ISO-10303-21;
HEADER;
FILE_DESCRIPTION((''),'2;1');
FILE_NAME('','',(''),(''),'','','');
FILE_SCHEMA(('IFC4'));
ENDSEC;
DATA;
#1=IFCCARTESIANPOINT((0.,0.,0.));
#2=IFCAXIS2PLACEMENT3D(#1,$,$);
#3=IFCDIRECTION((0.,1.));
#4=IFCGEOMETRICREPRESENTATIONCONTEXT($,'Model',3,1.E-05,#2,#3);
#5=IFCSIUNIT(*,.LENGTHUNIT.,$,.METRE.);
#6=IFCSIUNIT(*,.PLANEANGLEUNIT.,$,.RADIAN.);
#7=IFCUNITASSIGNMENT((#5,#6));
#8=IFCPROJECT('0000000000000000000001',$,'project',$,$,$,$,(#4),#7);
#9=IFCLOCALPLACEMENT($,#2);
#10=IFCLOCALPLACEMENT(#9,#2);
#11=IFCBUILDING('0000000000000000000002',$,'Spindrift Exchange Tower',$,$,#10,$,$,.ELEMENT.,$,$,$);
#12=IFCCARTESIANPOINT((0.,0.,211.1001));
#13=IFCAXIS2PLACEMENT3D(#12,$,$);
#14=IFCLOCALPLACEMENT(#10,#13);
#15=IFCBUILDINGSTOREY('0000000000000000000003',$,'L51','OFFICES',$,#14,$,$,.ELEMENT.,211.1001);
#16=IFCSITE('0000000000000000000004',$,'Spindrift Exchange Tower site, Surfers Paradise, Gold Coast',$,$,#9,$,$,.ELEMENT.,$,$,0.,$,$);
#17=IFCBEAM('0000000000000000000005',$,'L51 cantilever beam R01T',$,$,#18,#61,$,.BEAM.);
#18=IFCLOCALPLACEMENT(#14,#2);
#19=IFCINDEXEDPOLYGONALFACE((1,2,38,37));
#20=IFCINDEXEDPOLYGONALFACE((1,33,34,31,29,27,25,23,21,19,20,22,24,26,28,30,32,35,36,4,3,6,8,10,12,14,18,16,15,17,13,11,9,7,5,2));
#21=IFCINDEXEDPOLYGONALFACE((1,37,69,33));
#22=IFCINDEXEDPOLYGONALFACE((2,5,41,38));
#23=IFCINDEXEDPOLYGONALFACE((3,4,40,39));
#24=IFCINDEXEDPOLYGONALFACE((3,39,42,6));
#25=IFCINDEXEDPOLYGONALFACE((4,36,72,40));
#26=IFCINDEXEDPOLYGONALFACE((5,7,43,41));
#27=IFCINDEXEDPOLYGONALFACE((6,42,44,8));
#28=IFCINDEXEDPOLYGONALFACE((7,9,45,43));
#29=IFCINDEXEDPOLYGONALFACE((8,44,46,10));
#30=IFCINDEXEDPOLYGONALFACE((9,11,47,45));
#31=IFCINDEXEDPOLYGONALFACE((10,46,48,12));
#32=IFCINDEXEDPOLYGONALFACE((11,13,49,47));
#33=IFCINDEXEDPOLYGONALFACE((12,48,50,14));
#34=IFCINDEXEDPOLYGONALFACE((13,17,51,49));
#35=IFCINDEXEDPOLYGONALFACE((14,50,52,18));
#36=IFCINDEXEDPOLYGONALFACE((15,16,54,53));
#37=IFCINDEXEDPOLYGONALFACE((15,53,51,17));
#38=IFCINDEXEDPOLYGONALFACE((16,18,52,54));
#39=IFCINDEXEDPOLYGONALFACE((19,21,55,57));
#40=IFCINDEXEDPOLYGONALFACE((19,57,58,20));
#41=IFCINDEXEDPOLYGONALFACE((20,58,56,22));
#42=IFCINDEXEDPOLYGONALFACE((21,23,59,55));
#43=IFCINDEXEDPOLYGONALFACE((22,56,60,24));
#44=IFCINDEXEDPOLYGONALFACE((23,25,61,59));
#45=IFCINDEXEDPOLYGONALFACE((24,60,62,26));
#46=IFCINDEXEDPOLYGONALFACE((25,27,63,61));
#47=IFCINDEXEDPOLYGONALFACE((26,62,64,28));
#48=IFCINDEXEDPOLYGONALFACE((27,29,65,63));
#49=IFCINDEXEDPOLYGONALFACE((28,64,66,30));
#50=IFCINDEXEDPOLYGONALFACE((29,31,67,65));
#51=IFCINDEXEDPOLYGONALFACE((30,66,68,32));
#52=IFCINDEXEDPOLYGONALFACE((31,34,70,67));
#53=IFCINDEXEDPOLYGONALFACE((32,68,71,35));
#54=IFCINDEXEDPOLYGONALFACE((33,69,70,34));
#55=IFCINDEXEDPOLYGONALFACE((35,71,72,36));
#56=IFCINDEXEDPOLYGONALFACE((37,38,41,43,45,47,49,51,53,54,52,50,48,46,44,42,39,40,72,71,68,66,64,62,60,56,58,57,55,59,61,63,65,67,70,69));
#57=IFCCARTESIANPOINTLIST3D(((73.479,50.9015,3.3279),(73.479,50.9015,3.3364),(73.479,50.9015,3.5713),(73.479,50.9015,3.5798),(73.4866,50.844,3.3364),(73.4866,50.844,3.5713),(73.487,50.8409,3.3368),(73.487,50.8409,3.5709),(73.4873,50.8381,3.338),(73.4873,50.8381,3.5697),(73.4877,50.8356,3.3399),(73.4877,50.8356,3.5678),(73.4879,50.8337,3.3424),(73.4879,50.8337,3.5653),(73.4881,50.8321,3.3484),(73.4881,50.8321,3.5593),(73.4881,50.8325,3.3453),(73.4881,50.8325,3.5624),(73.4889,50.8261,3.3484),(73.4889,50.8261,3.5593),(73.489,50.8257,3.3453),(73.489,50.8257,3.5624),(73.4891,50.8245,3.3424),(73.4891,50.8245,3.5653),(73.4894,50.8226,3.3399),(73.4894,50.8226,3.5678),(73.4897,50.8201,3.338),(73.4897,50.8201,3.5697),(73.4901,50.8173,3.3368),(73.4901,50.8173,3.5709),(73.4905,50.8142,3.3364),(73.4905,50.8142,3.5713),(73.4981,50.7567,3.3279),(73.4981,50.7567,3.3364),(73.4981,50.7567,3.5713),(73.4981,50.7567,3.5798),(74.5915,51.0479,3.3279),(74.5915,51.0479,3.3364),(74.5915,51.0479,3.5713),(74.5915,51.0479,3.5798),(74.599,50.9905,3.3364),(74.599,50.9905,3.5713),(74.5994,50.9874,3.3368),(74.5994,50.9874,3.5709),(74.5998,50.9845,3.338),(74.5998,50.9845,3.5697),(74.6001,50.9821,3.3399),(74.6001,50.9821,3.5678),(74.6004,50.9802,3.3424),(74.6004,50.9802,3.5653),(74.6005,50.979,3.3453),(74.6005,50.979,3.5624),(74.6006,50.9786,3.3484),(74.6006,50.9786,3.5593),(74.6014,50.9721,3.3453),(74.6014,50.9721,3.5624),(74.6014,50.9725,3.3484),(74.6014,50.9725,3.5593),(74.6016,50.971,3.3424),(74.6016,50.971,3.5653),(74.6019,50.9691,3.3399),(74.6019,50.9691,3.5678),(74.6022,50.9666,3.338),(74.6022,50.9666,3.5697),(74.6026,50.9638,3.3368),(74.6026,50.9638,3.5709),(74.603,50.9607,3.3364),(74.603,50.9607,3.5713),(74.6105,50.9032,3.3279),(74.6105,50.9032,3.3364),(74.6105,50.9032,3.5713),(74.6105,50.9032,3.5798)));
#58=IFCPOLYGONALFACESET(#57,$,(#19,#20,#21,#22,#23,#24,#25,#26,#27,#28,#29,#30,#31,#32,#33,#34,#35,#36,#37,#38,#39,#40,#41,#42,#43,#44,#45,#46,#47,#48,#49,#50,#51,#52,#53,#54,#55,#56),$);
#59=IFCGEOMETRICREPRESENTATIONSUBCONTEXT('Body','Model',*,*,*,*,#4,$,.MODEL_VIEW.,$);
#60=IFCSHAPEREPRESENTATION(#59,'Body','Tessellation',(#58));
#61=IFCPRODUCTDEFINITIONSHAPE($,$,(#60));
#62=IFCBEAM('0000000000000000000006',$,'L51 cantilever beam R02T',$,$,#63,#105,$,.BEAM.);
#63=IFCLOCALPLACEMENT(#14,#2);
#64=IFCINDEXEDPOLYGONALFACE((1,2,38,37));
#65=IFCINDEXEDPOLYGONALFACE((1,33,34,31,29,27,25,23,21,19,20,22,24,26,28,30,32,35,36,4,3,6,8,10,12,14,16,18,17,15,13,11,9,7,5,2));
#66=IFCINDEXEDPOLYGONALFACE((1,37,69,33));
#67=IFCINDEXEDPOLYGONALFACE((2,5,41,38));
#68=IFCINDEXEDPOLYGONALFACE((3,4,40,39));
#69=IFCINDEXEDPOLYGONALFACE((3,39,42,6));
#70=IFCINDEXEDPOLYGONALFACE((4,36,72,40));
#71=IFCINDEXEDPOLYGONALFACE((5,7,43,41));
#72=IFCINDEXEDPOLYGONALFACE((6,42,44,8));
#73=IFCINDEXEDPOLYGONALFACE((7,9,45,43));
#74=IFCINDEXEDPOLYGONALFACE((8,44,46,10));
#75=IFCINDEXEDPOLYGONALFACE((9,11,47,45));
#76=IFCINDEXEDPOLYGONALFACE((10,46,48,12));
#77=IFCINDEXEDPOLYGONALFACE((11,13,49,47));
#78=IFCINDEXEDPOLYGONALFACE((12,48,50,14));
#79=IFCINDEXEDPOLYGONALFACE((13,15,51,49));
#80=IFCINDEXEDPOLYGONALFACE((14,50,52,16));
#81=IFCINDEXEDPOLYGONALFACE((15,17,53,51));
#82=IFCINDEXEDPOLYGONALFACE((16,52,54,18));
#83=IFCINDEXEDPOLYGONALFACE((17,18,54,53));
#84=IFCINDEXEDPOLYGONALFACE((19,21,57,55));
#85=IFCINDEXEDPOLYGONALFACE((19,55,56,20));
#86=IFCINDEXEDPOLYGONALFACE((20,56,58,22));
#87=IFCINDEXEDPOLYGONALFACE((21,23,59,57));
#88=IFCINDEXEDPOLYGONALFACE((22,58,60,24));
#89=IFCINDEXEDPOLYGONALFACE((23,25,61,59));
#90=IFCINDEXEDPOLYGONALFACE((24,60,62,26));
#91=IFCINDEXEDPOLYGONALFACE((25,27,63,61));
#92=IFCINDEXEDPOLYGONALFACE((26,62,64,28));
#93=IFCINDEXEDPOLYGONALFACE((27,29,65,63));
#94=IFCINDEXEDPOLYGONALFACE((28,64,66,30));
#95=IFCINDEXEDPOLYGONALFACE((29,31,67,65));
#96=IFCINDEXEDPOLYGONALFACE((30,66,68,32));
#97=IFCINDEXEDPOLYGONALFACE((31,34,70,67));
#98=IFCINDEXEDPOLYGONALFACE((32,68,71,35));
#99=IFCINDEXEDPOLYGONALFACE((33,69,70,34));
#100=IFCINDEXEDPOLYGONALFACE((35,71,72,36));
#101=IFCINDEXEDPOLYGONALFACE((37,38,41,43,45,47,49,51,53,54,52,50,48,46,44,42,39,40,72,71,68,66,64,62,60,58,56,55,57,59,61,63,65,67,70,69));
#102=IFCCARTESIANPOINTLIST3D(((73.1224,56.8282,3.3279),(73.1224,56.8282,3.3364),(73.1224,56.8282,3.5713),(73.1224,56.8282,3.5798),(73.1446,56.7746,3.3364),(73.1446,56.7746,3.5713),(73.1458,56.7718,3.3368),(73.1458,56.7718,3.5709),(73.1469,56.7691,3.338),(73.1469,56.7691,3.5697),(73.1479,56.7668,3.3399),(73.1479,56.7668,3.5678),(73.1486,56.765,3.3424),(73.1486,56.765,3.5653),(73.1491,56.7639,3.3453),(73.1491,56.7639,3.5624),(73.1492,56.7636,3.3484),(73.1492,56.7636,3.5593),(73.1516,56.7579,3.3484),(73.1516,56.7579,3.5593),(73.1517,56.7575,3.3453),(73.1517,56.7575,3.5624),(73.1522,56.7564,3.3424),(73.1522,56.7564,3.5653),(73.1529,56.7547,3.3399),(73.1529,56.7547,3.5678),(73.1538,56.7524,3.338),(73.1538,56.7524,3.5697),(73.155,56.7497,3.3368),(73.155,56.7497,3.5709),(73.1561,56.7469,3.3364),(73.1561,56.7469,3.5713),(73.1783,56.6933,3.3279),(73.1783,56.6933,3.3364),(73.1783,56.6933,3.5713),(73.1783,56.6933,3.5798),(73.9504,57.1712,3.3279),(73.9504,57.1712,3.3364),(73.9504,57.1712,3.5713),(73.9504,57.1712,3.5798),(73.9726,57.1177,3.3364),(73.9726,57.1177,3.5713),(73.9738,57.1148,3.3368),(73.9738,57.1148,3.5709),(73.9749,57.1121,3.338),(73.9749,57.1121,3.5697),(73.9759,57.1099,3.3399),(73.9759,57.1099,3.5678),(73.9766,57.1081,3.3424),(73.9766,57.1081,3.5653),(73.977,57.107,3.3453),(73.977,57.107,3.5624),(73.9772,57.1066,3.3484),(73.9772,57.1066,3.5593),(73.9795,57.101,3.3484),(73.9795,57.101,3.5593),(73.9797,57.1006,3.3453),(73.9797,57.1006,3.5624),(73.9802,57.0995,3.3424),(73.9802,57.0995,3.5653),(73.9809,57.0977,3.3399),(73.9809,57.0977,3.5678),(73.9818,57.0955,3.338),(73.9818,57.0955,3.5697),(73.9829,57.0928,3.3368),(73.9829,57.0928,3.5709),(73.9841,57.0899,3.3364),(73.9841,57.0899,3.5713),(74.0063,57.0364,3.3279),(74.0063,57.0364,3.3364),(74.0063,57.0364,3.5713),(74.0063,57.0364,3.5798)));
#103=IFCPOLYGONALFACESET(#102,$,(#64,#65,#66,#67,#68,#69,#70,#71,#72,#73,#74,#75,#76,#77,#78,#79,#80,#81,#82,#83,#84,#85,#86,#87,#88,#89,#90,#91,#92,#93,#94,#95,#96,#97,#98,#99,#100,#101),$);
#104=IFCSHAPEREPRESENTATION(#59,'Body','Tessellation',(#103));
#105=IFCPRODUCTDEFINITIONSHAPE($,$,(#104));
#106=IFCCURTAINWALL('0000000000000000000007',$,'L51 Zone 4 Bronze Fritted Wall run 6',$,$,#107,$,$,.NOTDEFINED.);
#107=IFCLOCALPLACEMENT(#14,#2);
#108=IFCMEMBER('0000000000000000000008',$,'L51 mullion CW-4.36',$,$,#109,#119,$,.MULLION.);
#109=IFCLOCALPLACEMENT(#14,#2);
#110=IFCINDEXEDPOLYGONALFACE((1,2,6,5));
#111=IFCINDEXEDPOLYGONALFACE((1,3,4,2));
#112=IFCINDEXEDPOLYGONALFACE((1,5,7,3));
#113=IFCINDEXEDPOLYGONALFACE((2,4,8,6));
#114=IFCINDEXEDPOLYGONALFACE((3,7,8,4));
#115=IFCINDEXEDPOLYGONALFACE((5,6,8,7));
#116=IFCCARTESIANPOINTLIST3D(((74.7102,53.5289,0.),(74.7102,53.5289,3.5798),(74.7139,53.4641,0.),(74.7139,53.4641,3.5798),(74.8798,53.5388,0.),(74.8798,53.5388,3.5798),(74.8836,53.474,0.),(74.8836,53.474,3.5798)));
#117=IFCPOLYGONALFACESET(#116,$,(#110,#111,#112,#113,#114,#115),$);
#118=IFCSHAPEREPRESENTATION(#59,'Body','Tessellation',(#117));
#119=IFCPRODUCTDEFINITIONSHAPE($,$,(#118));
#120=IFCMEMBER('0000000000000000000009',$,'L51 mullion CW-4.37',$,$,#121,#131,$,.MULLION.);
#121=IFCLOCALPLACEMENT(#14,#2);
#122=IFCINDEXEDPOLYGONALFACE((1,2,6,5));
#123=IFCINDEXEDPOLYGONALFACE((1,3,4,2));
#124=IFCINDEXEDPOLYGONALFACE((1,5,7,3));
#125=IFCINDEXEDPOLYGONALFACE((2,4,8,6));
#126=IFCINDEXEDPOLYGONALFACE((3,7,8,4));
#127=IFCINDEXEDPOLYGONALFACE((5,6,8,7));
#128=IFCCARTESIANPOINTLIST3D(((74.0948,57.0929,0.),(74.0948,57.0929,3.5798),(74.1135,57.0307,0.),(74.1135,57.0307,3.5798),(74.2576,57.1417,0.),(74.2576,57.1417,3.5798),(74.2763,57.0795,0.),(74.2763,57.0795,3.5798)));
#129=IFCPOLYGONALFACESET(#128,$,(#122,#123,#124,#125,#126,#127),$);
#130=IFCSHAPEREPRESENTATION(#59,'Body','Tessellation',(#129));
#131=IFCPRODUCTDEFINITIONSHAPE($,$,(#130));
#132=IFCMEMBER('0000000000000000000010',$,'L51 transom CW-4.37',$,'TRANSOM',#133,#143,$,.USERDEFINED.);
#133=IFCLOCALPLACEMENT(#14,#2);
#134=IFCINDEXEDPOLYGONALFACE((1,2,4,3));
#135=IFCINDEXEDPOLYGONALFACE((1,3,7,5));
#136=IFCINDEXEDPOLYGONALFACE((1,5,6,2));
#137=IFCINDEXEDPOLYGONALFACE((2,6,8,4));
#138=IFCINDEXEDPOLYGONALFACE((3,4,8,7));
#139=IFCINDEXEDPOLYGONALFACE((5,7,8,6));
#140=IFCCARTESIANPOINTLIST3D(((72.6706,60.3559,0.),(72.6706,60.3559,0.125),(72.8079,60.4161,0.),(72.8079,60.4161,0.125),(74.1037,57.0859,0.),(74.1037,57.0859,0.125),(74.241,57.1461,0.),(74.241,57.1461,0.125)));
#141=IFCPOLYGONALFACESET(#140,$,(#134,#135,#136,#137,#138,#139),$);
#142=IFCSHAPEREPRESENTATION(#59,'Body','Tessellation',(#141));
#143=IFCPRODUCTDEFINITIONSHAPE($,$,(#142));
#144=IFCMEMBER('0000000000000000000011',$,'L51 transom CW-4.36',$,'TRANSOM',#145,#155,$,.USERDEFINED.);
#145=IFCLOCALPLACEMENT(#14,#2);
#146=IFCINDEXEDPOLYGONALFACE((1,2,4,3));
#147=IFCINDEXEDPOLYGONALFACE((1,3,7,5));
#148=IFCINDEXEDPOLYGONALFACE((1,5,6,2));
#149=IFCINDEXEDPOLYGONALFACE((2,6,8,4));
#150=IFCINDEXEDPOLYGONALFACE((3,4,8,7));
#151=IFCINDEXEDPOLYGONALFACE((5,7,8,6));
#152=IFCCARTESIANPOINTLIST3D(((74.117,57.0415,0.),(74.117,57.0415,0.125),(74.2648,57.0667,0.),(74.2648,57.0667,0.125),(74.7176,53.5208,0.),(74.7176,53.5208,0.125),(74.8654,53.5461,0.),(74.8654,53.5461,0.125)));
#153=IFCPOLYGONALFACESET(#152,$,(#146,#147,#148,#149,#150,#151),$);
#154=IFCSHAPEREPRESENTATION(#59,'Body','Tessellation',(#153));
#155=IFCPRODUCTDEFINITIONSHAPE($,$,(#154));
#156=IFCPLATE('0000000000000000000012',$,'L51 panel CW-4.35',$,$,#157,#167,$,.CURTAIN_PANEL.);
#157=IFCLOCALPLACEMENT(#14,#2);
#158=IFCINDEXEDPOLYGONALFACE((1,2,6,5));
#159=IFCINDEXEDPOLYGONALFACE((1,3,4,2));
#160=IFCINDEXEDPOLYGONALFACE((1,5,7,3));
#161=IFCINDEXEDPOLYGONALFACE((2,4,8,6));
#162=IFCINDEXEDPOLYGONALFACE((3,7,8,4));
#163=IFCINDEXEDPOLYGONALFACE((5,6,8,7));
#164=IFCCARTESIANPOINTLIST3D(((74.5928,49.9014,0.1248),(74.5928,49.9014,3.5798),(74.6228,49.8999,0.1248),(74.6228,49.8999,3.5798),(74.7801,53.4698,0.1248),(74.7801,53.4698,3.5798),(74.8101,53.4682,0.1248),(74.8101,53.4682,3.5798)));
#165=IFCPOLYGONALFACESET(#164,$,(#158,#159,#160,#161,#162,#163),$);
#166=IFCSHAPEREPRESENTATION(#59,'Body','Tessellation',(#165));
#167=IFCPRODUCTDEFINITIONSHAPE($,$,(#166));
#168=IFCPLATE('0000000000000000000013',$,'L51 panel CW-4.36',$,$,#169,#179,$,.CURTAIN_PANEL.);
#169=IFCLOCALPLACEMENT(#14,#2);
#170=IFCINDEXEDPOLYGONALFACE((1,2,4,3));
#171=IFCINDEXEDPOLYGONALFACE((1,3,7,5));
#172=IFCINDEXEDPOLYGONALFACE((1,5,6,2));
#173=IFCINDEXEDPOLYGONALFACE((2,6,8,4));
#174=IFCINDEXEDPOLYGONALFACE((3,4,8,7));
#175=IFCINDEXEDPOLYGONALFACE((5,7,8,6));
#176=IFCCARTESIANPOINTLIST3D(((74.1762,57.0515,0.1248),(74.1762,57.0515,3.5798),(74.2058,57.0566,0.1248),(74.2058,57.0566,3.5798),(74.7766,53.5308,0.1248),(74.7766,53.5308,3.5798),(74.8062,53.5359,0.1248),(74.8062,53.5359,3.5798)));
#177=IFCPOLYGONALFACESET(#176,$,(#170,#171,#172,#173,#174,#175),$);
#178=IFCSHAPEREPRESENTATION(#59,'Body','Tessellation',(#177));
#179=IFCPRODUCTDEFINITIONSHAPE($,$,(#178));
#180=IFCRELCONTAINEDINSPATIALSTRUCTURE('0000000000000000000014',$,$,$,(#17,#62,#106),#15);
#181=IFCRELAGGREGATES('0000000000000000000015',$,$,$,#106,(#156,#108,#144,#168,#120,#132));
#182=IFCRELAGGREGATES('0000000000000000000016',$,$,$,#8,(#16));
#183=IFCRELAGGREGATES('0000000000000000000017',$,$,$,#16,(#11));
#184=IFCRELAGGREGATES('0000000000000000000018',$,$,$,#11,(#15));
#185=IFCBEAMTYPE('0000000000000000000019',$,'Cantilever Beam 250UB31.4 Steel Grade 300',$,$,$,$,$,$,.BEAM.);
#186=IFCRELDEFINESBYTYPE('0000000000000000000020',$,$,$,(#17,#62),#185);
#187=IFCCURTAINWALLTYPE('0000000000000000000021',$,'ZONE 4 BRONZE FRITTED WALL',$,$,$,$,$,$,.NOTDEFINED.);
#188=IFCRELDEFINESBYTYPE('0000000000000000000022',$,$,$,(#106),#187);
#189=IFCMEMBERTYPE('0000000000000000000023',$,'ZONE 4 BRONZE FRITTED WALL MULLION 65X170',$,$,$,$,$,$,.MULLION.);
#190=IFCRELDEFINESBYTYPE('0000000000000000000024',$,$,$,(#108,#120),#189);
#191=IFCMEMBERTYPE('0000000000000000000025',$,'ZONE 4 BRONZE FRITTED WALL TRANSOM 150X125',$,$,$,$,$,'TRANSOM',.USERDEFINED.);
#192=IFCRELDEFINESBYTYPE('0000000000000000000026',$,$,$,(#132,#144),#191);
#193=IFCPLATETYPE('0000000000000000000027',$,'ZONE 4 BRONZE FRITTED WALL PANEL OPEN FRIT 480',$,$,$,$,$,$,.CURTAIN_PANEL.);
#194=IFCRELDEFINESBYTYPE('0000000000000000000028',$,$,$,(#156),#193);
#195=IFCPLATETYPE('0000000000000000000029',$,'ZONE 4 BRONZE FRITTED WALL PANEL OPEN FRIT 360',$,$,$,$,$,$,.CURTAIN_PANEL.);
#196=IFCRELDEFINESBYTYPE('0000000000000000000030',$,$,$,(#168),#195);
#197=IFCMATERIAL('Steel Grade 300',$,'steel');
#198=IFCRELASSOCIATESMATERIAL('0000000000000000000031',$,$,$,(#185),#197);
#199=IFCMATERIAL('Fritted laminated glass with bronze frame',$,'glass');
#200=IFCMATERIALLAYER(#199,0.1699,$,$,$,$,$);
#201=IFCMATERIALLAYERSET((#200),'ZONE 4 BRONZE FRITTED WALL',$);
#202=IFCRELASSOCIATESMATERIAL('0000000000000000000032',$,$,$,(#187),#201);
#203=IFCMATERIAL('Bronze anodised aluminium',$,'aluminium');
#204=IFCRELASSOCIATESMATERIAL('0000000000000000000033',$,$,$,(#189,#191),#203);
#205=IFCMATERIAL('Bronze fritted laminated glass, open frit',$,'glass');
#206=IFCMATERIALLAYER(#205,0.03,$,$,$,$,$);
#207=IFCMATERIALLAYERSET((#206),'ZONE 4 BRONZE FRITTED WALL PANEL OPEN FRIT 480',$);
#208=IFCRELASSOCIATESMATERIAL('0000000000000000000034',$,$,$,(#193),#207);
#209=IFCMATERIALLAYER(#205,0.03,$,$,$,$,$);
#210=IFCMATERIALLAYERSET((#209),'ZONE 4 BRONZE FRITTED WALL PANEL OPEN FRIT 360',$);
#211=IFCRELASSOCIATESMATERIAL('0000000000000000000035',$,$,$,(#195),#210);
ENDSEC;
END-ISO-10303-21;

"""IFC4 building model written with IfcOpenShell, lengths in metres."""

from ifc_helpers import new_model, si_unit, direction, frame, origin, origin_2d, place, context, subcontext, project, spatial, rectangle, i_section, extrude, source, transform, mapped, material, layer, layer_set, material_profile, profile_set, type_object, element, aggregate, save


model = new_model("IFC4")

# Units and contexts
model_context = context("Model", 3, precision=1e-05, world=origin(), true_north=direction((0.0, 1.0)))
body_context = subcontext(model_context, "Body", "Model", "MODEL_VIEW")
ifc_project = project(units=[si_unit("LENGTHUNIT", "METRE"), si_unit("PLANEANGLEUNIT", "RADIAN")], contexts=[model_context])

# Site, building, storey
site_placement = place(None, origin())
site = spatial("IfcSite", under=ifc_project, at=site_placement, Name="Spindrift Exchange Tower site, Surfers Paradise, Gold Coast", CompositionType="ELEMENT", RefElevation=0.0)
building_placement = place(site_placement, origin())
building = spatial("IfcBuilding", under=site, at=building_placement, Name="Spindrift Exchange Tower", CompositionType="ELEMENT")
storey_placement = place(building_placement, frame((0.0, 0.0, 211.1001)))
storey = spatial("IfcBuildingStorey", under=building, at=storey_placement, Name="L51", Description="OFFICES", CompositionType="ELEMENT", Elevation=211.1001)

# Beams
ifc_material_1 = material(Name="Steel Grade 300", Category="steel")
ifc_material_profile_1 = material_profile(ifc_material_1, i_section(OverallWidth=0.146, OverallDepth=0.252, WebThickness=0.0061, FlangeThickness=0.0085, FilletRadius=0.012, at=origin_2d()), Name="250UB31.4")
ifc_profile_set_1 = profile_set([ifc_material_profile_1], Name="Steel Grade 300")
beam_type_1 = type_object("IfcBeamType", Name="Cantilever Beam 250UB31.4 Steel Grade 300", PredefinedType="BEAM", material=ifc_profile_set_1)
shared_shape_1 = source(origin(), body_context, "Body", "SweptSolid", [
    extrude(i_section(OverallWidth=0.146, OverallDepth=0.252, WebThickness=0.0061, FlangeThickness=0.0085, FilletRadius=0.012, at=origin_2d()), origin(), (0.0, 0.0, 1.0), 1.1221),
])
beam_1_placement = place(storey_placement, frame((73.4885, 50.8291, 3.4539), z_axis=(0.991443, 0.130539, 0.0), x_axis=(-0.130539, 0.991443, 0.0)))
element("IfcBeam", 1, at=beam_1_placement, inside=storey, type_object=beam_type_1, Name="L51 cantilever beam R01T", PredefinedType="BEAM", context=body_context, shape_type="MappedRepresentation", body=[
    mapped(shared_shape_1, transform((0.0, 0.0, 0.0), scale=1.0)),
])
shared_shape_2 = source(origin(), body_context, "Body", "SweptSolid", [
    extrude(i_section(OverallWidth=0.146, OverallDepth=0.252, WebThickness=0.0061, FlangeThickness=0.0085, FilletRadius=0.012, at=origin_2d()), origin(), (0.0, 0.0, 1.0), 0.8962),
])
beam_2_placement = place(storey_placement, frame((73.1504, 56.7607, 3.4539), z_axis=(0.923841, 0.382777, 0.0), x_axis=(-0.382777, 0.923841, 0.0)))
element("IfcBeam", 2, at=beam_2_placement, inside=storey, type_object=beam_type_1, Name="L51 cantilever beam R02T", PredefinedType="BEAM", context=body_context, shape_type="MappedRepresentation", body=[
    mapped(shared_shape_2, transform((0.0, 0.0, 0.0), scale=1.0)),
])

# Curtain wall, members, plates
ifc_material_2 = material(Name="Fritted laminated glass with bronze frame", Category="glass")
ifc_layer_1 = layer(ifc_material_2, 0.1699)
ifc_layer_set_1 = layer_set([ifc_layer_1], Name="ZONE 4 BRONZE FRITTED WALL")
curtain_wall_type = type_object("IfcCurtainWallType", Name="ZONE 4 BRONZE FRITTED WALL", PredefinedType="NOTDEFINED", material=ifc_layer_set_1)
curtain_wall_placement = place(storey_placement, origin())
curtain_wall = element("IfcCurtainWall", 3, at=curtain_wall_placement, inside=storey, type_object=curtain_wall_type, Name="L51 Zone 4 Bronze Fritted Wall run 6", PredefinedType="NOTDEFINED")
ifc_material_3 = material(Name="Bronze anodised aluminium", Category="aluminium")
ifc_material_profile_2 = material_profile(ifc_material_3, rectangle(XDim=0.0649, YDim=0.1699, at=origin_2d()), Name="ZONE 4 BRONZE FRITTED WALL MULLION 65X170")
ifc_profile_set_2 = profile_set([ifc_material_profile_2], Name="Bronze anodised aluminium")
member_type_1 = type_object("IfcMemberType", Name="ZONE 4 BRONZE FRITTED WALL MULLION 65X170", PredefinedType="MULLION", material=ifc_profile_set_2)
shared_shape_3 = source(origin(), body_context, "Body", "SweptSolid", [
    extrude(rectangle(XDim=0.0649, YDim=0.1699, at=origin_2d()), origin(), (0.0, 0.0, 1.0), 3.5798),
])
member_1_placement = place(storey_placement, frame((74.7969, 53.5015, 0.0), z_axis=(0.0, 0.0, 1.0), x_axis=(-0.058212, 0.998304, 0.0)))
member_1 = element("IfcMember", 4, at=member_1_placement, type_object=member_type_1, Name="L51 mullion CW-4.36", PredefinedType="MULLION", context=body_context, shape_type="MappedRepresentation", body=[
    mapped(shared_shape_3, transform((0.0, 0.0, 0.0), scale=1.0)),
])
member_2_placement = place(storey_placement, frame((74.1855, 57.0862, 0.0), z_axis=(0.0, 0.0, 1.0), x_axis=(-0.286901, 0.95796, 0.0)))
member_2 = element("IfcMember", 5, at=member_2_placement, type_object=member_type_1, Name="L51 mullion CW-4.37", PredefinedType="MULLION", context=body_context, shape_type="MappedRepresentation", body=[
    mapped(shared_shape_3, transform((0.0, 0.0, 0.0), scale=1.0)),
])
ifc_material_profile_3 = material_profile(ifc_material_3, rectangle(XDim=0.1499, YDim=0.125, at=origin_2d()), Name="ZONE 4 BRONZE FRITTED WALL TRANSOM 150X125")
ifc_profile_set_3 = profile_set([ifc_material_profile_3], Name="Bronze anodised aluminium")
member_type_2 = type_object("IfcMemberType", Name="ZONE 4 BRONZE FRITTED WALL TRANSOM 150X125", ElementType="TRANSOM", PredefinedType="USERDEFINED", material=ifc_profile_set_3)
shared_shape_4 = source(origin(), body_context, "Body", "SweptSolid", [
    extrude(rectangle(XDim=0.1499, YDim=0.125, at=origin_2d()), origin(), (0.0, 0.0, 1.0), 3.5703),
])
member_3_placement = place(storey_placement, frame((74.1724, 57.116, 0.0625), z_axis=(-0.4014, 0.915903, 0.0), x_axis=(-0.915903, -0.4014, 0.0)))
member_3 = element("IfcMember", 6, at=member_3_placement, type_object=member_type_2, Name="L51 transom CW-4.37", ObjectType="TRANSOM", PredefinedType="USERDEFINED", context=body_context, shape_type="MappedRepresentation", body=[
    mapped(shared_shape_4, transform((0.0, 0.0, 0.0), scale=1.0)),
])
shared_shape_5 = source(origin(), body_context, "Body", "SweptSolid", [
    extrude(rectangle(XDim=0.1499, YDim=0.125, at=origin_2d()), origin(), (0.0, 0.0, 1.0), 3.5715),
])
member_4_placement = place(storey_placement, frame((74.7915, 53.5334, 0.0625), z_axis=(-0.168156, 0.98576, 0.0), x_axis=(-0.98576, -0.168156, 0.0)))
member_4 = element("IfcMember", 7, at=member_4_placement, type_object=member_type_2, Name="L51 transom CW-4.36", ObjectType="TRANSOM", PredefinedType="USERDEFINED", context=body_context, shape_type="MappedRepresentation", body=[
    mapped(shared_shape_5, transform((0.0, 0.0, 0.0), scale=1.0)),
])
ifc_material_4 = material(Name="Bronze fritted laminated glass, open frit", Category="glass")
ifc_layer_2 = layer(ifc_material_4, 0.03)
ifc_layer_set_2 = layer_set([ifc_layer_2], Name="ZONE 4 BRONZE FRITTED WALL PANEL OPEN FRIT 480")
plate_type_1 = type_object("IfcPlateType", Name="ZONE 4 BRONZE FRITTED WALL PANEL OPEN FRIT 480", PredefinedType="CURTAIN_PANEL", material=ifc_layer_set_2)
shared_shape_6 = source(origin(), body_context, "Body", "SweptSolid", [
    extrude(rectangle(XDim=3.5732, YDim=0.03, at=origin_2d()), origin(), (0.0, 0.0, 1.0), 3.4551),
])
plate_1_placement = place(storey_placement, frame((74.7014, 51.6848, 0.1248), z_axis=(0.0, 0.0, 1.0), x_axis=(0.052414, 0.998625, 0.0)))
plate_1 = element("IfcPlate", 8, at=plate_1_placement, type_object=plate_type_1, Name="L51 panel CW-4.35", PredefinedType="CURTAIN_PANEL", context=body_context, shape_type="MappedRepresentation", body=[
    mapped(shared_shape_6, transform((0.0, 0.0, 0.0), scale=1.0)),
])
ifc_layer_3 = layer(ifc_material_4, 0.03)
ifc_layer_set_3 = layer_set([ifc_layer_3], Name="ZONE 4 BRONZE FRITTED WALL PANEL OPEN FRIT 360")
plate_type_2 = type_object("IfcPlateType", Name="ZONE 4 BRONZE FRITTED WALL PANEL OPEN FRIT 360", PredefinedType="CURTAIN_PANEL", material=ifc_layer_set_3)
shared_shape_7 = source(origin(), body_context, "Body", "SweptSolid", [
    extrude(rectangle(XDim=3.5715, YDim=0.03, at=origin_2d()), origin(), (0.0, 0.0, 1.0), 3.4551),
])
plate_2_placement = place(storey_placement, frame((74.4912, 55.2937, 0.1248), z_axis=(0.0, 0.0, 1.0), x_axis=(-0.168126, 0.985765, 0.0)))
plate_2 = element("IfcPlate", 9, at=plate_2_placement, type_object=plate_type_2, Name="L51 panel CW-4.36", PredefinedType="CURTAIN_PANEL", context=body_context, shape_type="MappedRepresentation", body=[
    mapped(shared_shape_7, transform((0.0, 0.0, 0.0), scale=1.0)),
])
aggregate(curtain_wall, [plate_1, member_1, member_4, plate_2, member_2, member_3])

save(model, "model.ifc")
